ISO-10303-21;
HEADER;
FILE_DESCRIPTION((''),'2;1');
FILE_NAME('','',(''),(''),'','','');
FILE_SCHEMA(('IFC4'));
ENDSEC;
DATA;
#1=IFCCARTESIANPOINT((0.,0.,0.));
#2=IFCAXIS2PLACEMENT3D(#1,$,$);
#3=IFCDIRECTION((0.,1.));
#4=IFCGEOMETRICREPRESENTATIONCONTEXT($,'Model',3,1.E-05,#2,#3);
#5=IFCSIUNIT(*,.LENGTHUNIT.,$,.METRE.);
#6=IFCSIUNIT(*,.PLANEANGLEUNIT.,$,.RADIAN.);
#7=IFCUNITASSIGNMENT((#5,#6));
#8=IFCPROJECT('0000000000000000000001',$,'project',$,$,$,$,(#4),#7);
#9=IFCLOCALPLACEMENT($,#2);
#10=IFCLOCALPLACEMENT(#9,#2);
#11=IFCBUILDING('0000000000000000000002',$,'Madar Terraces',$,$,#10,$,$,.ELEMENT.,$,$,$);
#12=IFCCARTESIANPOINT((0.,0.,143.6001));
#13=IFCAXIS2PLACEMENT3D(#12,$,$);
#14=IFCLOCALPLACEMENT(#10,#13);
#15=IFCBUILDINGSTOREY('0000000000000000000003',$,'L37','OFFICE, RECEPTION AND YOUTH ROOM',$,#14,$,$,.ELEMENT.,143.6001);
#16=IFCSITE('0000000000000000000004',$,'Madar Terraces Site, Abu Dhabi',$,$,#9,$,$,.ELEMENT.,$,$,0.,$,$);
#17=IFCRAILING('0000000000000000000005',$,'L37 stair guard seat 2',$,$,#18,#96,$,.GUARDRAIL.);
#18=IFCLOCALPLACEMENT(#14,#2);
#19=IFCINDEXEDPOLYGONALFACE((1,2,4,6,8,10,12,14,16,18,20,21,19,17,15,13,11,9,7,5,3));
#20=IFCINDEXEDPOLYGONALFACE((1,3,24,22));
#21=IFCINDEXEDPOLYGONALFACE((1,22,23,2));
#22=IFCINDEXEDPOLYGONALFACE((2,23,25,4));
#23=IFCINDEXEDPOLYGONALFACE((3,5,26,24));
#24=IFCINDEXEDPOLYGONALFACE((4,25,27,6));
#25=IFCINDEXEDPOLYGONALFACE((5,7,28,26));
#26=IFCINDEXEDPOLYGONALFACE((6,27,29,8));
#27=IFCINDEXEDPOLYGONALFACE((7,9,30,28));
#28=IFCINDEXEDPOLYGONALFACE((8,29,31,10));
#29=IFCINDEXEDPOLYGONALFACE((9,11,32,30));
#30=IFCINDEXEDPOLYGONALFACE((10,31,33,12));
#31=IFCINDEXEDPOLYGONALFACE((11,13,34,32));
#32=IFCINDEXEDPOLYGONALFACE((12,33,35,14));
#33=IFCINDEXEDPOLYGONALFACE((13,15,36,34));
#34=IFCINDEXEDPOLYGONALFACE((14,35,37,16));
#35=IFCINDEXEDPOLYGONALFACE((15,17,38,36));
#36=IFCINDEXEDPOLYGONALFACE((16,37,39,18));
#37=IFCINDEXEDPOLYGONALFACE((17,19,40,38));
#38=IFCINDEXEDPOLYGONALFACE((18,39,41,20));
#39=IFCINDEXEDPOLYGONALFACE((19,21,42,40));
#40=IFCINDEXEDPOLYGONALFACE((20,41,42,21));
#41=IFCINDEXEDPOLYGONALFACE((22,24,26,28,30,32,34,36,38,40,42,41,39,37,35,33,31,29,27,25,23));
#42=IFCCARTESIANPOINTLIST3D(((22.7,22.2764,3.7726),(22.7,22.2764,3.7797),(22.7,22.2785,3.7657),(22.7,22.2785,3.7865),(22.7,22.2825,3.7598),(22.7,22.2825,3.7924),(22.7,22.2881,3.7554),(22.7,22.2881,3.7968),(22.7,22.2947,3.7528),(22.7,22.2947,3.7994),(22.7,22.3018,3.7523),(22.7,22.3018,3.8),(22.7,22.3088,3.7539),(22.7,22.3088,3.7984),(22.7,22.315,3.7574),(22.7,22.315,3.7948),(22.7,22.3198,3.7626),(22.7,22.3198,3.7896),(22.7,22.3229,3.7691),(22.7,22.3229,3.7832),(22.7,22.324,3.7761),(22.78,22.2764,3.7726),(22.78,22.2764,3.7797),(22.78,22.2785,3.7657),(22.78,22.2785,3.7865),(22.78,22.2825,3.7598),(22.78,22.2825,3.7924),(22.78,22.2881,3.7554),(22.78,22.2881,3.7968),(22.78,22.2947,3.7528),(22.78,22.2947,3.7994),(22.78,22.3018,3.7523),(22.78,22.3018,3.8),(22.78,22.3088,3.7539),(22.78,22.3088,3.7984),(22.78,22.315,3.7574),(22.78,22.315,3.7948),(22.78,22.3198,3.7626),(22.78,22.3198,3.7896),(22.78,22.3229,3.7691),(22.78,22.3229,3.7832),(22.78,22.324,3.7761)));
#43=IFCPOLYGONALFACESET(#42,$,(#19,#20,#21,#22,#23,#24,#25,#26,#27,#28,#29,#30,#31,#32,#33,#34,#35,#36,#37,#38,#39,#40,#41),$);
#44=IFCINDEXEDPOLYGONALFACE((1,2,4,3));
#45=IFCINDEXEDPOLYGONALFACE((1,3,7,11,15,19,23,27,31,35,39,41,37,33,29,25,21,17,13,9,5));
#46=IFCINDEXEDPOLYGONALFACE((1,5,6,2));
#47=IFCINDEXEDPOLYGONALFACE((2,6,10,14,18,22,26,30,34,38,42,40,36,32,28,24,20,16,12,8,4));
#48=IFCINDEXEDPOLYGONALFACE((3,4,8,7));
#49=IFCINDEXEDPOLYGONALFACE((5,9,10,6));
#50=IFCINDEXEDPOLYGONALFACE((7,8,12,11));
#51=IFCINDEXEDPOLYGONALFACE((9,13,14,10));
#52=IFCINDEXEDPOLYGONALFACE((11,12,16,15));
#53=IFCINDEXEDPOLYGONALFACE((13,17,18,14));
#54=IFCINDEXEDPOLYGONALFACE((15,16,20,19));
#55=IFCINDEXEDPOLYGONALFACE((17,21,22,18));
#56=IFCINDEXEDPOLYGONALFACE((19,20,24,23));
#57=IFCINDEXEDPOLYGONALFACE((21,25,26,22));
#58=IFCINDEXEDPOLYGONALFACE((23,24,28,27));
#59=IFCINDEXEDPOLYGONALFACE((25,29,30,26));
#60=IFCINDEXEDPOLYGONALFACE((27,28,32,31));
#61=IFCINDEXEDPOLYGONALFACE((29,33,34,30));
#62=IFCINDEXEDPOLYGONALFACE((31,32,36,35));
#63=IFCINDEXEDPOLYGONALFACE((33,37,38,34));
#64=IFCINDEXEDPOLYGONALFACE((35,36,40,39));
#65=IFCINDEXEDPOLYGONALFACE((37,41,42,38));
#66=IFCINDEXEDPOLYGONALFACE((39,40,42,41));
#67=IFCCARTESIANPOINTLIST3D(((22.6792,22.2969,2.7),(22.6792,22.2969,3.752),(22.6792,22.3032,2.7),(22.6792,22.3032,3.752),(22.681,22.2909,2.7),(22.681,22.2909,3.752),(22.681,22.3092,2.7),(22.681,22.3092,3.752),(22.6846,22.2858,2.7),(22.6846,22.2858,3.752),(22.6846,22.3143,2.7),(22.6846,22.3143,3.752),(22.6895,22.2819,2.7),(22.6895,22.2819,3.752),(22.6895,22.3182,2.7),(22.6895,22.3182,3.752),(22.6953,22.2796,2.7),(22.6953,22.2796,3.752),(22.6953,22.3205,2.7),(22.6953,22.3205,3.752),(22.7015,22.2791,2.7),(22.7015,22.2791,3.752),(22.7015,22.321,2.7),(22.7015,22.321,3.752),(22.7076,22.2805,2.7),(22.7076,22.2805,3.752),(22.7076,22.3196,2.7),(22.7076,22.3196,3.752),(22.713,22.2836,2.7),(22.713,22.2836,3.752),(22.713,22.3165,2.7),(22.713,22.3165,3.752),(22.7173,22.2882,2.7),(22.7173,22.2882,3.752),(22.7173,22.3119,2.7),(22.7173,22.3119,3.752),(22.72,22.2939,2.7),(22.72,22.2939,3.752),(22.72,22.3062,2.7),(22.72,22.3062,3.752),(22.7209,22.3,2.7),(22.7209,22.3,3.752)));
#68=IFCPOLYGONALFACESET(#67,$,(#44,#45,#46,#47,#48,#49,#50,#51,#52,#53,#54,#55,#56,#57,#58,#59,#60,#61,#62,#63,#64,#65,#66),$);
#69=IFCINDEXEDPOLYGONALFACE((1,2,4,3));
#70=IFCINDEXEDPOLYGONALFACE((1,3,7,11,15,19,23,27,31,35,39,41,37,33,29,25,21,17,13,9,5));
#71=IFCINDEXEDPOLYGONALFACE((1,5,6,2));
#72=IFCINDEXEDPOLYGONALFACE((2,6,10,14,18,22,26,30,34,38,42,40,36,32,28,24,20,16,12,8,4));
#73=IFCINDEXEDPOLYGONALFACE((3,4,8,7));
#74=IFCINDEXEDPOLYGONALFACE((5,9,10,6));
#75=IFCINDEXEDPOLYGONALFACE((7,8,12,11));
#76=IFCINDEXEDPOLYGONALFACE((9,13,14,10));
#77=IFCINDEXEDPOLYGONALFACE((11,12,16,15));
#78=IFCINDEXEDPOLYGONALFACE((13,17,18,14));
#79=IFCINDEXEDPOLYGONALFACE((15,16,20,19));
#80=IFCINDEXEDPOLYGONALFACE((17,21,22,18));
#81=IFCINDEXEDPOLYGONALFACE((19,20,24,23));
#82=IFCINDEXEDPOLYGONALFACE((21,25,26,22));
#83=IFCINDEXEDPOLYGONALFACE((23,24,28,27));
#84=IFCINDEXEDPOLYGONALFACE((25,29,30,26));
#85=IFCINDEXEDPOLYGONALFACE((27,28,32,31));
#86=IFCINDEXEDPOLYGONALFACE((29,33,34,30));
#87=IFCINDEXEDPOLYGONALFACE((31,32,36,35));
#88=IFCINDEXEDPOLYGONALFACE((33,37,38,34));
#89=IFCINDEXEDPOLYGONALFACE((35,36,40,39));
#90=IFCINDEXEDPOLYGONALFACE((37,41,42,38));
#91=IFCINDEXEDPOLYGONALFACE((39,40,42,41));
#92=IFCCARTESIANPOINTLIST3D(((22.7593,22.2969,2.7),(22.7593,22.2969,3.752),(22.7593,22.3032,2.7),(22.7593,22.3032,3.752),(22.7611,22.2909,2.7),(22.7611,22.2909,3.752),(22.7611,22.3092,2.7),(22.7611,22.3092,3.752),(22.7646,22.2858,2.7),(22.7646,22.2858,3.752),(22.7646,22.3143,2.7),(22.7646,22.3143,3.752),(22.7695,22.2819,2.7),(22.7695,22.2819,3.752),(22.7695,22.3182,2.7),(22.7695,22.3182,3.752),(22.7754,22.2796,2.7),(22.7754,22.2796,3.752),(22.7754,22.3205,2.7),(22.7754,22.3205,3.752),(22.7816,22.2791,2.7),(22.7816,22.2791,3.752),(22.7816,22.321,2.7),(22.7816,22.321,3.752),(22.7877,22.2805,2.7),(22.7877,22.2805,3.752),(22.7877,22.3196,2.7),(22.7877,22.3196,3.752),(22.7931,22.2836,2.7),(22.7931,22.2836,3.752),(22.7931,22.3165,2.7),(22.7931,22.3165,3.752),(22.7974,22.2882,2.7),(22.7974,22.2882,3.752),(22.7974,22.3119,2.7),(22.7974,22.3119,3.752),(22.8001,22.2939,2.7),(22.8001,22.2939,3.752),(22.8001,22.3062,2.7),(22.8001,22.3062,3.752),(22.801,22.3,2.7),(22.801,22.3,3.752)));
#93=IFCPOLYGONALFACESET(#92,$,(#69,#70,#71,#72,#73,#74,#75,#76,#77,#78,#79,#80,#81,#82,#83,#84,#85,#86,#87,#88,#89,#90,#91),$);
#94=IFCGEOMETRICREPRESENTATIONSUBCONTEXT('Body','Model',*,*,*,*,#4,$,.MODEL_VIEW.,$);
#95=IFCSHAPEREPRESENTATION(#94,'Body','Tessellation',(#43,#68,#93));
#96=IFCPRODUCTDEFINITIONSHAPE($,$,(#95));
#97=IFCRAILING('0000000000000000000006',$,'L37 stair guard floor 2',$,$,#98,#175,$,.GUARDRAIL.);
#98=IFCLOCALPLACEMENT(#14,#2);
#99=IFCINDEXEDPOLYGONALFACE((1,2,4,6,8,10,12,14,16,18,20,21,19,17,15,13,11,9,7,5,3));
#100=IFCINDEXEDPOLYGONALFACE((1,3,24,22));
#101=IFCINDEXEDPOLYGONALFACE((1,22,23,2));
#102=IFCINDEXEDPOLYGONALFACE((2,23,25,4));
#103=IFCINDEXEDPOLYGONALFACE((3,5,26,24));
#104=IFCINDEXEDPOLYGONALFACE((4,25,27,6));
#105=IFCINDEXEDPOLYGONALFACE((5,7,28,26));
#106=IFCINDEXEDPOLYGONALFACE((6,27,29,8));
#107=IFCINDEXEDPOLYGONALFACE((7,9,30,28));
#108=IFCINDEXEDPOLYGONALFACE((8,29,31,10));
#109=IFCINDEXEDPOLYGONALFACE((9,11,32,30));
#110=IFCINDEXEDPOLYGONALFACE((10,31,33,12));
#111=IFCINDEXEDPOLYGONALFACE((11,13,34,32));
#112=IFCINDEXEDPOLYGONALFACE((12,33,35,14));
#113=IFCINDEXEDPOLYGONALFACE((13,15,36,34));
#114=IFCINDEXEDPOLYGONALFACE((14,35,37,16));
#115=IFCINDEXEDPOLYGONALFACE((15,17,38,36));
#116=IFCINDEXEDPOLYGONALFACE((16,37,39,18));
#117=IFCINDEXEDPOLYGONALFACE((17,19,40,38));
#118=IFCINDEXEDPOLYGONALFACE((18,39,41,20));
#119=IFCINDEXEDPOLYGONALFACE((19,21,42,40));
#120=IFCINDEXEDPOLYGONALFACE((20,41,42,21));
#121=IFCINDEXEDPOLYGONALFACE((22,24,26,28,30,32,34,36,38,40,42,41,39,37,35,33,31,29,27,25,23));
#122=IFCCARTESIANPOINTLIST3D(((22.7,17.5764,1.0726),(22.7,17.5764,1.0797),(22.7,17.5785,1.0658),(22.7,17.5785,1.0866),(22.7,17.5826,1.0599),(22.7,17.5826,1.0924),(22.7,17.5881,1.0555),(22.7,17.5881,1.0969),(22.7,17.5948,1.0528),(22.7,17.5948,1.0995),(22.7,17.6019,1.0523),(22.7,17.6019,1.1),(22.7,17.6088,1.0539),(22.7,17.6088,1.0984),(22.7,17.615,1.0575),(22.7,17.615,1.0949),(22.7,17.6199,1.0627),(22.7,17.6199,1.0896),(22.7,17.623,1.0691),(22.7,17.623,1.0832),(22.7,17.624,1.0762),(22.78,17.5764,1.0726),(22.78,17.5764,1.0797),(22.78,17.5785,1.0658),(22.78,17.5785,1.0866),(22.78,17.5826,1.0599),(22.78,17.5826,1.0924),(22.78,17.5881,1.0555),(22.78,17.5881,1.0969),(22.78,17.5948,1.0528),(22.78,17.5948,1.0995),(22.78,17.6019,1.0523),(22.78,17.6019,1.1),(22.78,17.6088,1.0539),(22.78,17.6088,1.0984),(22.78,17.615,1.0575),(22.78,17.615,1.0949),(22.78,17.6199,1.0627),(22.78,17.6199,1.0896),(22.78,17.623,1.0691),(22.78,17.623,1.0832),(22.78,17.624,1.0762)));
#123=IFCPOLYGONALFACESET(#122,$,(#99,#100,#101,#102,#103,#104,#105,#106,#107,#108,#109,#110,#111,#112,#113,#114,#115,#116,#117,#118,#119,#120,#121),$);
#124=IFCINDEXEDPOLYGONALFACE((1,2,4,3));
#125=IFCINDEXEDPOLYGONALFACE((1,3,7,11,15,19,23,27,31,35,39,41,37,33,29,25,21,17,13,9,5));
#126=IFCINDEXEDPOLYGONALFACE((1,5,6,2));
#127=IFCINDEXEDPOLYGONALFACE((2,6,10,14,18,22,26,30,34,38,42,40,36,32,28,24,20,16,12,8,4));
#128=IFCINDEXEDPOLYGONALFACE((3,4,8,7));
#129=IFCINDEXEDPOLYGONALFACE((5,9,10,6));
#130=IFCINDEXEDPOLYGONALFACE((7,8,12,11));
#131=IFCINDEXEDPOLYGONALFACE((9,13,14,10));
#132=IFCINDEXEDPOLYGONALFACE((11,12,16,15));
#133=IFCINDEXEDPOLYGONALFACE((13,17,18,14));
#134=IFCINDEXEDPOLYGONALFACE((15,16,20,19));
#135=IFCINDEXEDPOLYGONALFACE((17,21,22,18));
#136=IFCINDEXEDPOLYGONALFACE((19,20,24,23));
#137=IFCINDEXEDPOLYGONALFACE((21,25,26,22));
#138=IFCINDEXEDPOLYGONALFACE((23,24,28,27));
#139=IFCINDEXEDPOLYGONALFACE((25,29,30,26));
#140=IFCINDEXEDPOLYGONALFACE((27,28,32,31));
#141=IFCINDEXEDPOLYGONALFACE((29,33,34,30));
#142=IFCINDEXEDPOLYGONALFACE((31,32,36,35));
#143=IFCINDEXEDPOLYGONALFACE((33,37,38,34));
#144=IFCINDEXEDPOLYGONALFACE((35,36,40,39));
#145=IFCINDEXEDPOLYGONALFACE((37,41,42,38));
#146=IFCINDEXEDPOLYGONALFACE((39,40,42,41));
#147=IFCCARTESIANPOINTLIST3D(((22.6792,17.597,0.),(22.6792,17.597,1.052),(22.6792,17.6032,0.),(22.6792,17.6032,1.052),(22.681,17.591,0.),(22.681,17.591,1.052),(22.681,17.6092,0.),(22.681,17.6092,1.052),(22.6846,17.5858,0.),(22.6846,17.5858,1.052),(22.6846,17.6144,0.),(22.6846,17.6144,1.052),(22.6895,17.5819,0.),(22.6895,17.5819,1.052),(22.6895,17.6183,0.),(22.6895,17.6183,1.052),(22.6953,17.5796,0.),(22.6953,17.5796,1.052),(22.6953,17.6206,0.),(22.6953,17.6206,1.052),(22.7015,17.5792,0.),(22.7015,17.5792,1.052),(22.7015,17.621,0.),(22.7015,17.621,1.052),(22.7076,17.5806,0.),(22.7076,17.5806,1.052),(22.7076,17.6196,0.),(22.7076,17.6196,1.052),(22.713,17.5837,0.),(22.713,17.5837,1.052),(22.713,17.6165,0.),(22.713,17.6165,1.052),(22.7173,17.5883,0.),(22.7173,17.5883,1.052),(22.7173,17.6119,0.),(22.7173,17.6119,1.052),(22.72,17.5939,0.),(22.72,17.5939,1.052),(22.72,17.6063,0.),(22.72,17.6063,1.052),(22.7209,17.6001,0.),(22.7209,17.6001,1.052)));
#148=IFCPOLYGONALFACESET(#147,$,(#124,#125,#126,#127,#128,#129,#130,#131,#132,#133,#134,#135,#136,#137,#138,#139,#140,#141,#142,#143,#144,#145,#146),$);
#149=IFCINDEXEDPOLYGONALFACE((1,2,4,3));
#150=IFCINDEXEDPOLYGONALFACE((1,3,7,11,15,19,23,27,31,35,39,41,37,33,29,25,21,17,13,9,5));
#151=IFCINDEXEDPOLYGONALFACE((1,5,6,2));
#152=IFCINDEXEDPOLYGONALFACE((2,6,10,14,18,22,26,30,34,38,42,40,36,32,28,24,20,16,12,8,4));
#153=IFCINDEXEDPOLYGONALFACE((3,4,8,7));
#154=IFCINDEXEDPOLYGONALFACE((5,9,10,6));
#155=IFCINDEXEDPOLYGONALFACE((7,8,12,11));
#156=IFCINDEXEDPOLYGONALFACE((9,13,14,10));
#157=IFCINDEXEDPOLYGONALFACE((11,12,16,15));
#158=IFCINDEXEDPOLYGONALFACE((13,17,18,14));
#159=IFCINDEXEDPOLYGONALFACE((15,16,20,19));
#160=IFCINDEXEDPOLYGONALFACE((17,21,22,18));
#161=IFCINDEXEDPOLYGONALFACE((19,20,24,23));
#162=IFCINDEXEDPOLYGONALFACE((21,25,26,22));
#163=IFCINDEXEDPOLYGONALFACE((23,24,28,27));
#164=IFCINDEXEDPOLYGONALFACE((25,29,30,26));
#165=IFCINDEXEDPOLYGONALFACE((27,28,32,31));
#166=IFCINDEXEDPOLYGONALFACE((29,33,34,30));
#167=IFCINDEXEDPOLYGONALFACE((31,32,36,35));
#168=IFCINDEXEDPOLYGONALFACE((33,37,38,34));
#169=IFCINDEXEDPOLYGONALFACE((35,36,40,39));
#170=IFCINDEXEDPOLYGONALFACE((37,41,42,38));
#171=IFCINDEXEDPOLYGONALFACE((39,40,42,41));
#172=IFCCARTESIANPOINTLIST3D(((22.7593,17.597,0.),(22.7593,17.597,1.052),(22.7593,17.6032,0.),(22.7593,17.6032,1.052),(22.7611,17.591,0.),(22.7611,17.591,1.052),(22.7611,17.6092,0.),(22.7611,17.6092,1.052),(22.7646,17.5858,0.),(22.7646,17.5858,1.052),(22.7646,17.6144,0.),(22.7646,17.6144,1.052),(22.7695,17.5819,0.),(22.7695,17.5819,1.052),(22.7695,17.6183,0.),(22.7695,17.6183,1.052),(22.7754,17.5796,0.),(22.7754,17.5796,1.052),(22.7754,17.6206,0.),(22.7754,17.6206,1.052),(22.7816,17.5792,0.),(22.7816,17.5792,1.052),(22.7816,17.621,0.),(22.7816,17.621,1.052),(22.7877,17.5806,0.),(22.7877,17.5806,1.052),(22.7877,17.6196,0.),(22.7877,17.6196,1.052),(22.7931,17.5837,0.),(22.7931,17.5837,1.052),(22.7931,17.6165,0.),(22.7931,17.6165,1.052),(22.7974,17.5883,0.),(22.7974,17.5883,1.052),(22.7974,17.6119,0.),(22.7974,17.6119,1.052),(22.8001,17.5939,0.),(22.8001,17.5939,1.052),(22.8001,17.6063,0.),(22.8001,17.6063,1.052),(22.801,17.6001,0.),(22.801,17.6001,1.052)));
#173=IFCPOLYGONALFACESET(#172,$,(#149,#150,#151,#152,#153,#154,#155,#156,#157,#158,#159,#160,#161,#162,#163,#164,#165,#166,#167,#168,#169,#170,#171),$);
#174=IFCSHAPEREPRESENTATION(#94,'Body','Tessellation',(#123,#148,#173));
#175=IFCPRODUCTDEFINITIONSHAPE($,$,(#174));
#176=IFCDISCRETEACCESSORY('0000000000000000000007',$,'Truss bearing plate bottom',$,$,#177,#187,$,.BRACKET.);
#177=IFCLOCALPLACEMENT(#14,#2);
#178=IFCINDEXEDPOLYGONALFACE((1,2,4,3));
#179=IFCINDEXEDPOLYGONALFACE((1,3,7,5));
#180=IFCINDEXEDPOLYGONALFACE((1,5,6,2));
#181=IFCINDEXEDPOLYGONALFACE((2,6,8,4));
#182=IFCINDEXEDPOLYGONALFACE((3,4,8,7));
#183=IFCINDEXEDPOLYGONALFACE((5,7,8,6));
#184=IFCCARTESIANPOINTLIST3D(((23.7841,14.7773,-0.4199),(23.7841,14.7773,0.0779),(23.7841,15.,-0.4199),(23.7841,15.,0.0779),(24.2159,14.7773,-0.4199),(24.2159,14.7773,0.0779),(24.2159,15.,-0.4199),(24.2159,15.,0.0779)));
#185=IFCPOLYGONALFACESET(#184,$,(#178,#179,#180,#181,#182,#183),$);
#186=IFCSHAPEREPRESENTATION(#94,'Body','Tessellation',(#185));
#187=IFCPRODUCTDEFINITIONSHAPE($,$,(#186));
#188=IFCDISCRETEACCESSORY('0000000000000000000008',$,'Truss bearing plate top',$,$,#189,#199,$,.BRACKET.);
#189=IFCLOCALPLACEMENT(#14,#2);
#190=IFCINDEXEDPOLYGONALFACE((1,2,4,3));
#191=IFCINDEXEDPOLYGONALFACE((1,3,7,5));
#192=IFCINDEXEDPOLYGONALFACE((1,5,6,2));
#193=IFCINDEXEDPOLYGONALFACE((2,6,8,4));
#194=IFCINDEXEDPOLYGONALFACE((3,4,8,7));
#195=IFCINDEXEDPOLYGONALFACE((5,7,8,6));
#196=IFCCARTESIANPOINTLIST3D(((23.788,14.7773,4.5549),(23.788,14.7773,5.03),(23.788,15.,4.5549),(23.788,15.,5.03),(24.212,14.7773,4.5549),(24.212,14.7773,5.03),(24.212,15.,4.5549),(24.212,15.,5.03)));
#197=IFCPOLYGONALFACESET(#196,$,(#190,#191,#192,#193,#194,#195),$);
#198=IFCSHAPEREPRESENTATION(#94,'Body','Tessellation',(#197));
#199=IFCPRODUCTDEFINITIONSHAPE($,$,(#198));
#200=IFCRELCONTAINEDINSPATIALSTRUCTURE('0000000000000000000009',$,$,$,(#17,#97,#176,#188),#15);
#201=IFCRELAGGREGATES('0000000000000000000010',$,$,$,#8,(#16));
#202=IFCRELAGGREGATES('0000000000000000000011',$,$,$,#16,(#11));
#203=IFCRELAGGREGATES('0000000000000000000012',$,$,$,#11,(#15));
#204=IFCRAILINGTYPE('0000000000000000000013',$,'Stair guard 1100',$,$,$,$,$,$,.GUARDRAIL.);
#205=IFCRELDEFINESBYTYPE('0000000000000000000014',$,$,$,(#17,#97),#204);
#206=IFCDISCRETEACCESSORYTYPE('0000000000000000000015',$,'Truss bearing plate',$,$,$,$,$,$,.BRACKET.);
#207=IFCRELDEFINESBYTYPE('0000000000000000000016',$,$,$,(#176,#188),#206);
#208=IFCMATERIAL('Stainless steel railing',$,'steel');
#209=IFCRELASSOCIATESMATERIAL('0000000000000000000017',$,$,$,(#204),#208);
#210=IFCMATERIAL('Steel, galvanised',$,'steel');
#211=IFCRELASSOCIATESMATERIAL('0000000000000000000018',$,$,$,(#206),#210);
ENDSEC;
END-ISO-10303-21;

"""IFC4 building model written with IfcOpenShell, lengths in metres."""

from ifc_helpers import new_model, si_unit, direction, frame, origin, origin_2d, place, context, subcontext, project, spatial, rectangle, circle, extrude, material, type_object, element, save


model = new_model("IFC4")

# Units and contexts
model_context = context("Model", 3, precision=1e-05, world=origin(), true_north=direction((0.0, 1.0)))
body_context = subcontext(model_context, "Body", "Model", "MODEL_VIEW")
ifc_project = project(units=[si_unit("LENGTHUNIT", "METRE"), si_unit("PLANEANGLEUNIT", "RADIAN")], contexts=[model_context])

# Site, building, storey
site_placement = place(None, origin())
site = spatial("IfcSite", under=ifc_project, at=site_placement, Name="Madar Terraces Site, Abu Dhabi", CompositionType="ELEMENT", RefElevation=0.0)
building_placement = place(site_placement, origin())
building = spatial("IfcBuilding", under=site, at=building_placement, Name="Madar Terraces", CompositionType="ELEMENT")
storey_placement = place(building_placement, frame((0.0, 0.0, 143.6001)))
storey = spatial("IfcBuildingStorey", under=building, at=storey_placement, Name="L37", Description="OFFICE, RECEPTION AND YOUTH ROOM", CompositionType="ELEMENT", Elevation=143.6001)

# Railings
ifc_material_1 = material(Name="Stainless steel railing", Category="steel")
railing_type_1 = type_object("IfcRailingType", Name="Stair guard 1100", PredefinedType="GUARDRAIL", material=ifc_material_1)
for number, where, name in (
    (1, (22.7, 22.3, 2.7), "L37 stair guard seat 2"),
    (2, (22.7, 17.6001, 0.0), "L37 stair guard floor 2"),
):
    element("IfcRailing", number, at=place(storey_placement, frame(where)), inside=storey, type_object=railing_type_1, Name=name, PredefinedType="GUARDRAIL", context=body_context, shape_type="SweptSolid", body=[
        extrude(circle(Radius=0.0239, at=origin_2d()), frame((0.0, 0.0, 1.0762), z_axis=(1.0, 0.0, 0.0), x_axis=(0.0, 1.0, 0.0)), (0.0, 0.0, 1.0), 0.0801),
        extrude(circle(Radius=0.021, at=origin_2d()), origin(), (0.0, 0.0, 1.0), 1.052),
        extrude(circle(Radius=0.021, at=origin_2d()), frame((0.0801, 0.0, 0.0)), (0.0, 0.0, 1.0), 1.052),
    ])

# Discrete accessories
ifc_material_2 = material(Name="Steel, galvanised", Category="steel")
discrete_accessory_type = type_object("IfcDiscreteAccessoryType", Name="Truss bearing plate", PredefinedType="BRACKET", material=ifc_material_2)
discrete_accessory_1_placement = place(storey_placement, frame((24.0, 14.8887, -0.4199), z_axis=(0.0, 0.0, 1.0), x_axis=(1.0, 0.0, 0.0)))
element("IfcDiscreteAccessory", 3, at=discrete_accessory_1_placement, inside=storey, type_object=discrete_accessory_type, Name="Truss bearing plate bottom", PredefinedType="BRACKET", context=body_context, shape_type="SweptSolid", body=[
    extrude(rectangle(XDim=0.4319, YDim=0.2227, at=origin_2d()), origin(), (0.0, 0.0, 1.0), 0.4978),
])
discrete_accessory_2_placement = place(storey_placement, frame((24.0, 14.8887, 4.5549), z_axis=(0.0, 0.0, 1.0), x_axis=(1.0, 0.0, 0.0)))
element("IfcDiscreteAccessory", 4, at=discrete_accessory_2_placement, inside=storey, type_object=discrete_accessory_type, Name="Truss bearing plate top", PredefinedType="BRACKET", context=body_context, shape_type="SweptSolid", body=[
    extrude(rectangle(XDim=0.4241, YDim=0.2227, at=origin_2d()), origin(), (0.0, 0.0, 1.0), 0.4751),
])

save(model, "model.ifc")
